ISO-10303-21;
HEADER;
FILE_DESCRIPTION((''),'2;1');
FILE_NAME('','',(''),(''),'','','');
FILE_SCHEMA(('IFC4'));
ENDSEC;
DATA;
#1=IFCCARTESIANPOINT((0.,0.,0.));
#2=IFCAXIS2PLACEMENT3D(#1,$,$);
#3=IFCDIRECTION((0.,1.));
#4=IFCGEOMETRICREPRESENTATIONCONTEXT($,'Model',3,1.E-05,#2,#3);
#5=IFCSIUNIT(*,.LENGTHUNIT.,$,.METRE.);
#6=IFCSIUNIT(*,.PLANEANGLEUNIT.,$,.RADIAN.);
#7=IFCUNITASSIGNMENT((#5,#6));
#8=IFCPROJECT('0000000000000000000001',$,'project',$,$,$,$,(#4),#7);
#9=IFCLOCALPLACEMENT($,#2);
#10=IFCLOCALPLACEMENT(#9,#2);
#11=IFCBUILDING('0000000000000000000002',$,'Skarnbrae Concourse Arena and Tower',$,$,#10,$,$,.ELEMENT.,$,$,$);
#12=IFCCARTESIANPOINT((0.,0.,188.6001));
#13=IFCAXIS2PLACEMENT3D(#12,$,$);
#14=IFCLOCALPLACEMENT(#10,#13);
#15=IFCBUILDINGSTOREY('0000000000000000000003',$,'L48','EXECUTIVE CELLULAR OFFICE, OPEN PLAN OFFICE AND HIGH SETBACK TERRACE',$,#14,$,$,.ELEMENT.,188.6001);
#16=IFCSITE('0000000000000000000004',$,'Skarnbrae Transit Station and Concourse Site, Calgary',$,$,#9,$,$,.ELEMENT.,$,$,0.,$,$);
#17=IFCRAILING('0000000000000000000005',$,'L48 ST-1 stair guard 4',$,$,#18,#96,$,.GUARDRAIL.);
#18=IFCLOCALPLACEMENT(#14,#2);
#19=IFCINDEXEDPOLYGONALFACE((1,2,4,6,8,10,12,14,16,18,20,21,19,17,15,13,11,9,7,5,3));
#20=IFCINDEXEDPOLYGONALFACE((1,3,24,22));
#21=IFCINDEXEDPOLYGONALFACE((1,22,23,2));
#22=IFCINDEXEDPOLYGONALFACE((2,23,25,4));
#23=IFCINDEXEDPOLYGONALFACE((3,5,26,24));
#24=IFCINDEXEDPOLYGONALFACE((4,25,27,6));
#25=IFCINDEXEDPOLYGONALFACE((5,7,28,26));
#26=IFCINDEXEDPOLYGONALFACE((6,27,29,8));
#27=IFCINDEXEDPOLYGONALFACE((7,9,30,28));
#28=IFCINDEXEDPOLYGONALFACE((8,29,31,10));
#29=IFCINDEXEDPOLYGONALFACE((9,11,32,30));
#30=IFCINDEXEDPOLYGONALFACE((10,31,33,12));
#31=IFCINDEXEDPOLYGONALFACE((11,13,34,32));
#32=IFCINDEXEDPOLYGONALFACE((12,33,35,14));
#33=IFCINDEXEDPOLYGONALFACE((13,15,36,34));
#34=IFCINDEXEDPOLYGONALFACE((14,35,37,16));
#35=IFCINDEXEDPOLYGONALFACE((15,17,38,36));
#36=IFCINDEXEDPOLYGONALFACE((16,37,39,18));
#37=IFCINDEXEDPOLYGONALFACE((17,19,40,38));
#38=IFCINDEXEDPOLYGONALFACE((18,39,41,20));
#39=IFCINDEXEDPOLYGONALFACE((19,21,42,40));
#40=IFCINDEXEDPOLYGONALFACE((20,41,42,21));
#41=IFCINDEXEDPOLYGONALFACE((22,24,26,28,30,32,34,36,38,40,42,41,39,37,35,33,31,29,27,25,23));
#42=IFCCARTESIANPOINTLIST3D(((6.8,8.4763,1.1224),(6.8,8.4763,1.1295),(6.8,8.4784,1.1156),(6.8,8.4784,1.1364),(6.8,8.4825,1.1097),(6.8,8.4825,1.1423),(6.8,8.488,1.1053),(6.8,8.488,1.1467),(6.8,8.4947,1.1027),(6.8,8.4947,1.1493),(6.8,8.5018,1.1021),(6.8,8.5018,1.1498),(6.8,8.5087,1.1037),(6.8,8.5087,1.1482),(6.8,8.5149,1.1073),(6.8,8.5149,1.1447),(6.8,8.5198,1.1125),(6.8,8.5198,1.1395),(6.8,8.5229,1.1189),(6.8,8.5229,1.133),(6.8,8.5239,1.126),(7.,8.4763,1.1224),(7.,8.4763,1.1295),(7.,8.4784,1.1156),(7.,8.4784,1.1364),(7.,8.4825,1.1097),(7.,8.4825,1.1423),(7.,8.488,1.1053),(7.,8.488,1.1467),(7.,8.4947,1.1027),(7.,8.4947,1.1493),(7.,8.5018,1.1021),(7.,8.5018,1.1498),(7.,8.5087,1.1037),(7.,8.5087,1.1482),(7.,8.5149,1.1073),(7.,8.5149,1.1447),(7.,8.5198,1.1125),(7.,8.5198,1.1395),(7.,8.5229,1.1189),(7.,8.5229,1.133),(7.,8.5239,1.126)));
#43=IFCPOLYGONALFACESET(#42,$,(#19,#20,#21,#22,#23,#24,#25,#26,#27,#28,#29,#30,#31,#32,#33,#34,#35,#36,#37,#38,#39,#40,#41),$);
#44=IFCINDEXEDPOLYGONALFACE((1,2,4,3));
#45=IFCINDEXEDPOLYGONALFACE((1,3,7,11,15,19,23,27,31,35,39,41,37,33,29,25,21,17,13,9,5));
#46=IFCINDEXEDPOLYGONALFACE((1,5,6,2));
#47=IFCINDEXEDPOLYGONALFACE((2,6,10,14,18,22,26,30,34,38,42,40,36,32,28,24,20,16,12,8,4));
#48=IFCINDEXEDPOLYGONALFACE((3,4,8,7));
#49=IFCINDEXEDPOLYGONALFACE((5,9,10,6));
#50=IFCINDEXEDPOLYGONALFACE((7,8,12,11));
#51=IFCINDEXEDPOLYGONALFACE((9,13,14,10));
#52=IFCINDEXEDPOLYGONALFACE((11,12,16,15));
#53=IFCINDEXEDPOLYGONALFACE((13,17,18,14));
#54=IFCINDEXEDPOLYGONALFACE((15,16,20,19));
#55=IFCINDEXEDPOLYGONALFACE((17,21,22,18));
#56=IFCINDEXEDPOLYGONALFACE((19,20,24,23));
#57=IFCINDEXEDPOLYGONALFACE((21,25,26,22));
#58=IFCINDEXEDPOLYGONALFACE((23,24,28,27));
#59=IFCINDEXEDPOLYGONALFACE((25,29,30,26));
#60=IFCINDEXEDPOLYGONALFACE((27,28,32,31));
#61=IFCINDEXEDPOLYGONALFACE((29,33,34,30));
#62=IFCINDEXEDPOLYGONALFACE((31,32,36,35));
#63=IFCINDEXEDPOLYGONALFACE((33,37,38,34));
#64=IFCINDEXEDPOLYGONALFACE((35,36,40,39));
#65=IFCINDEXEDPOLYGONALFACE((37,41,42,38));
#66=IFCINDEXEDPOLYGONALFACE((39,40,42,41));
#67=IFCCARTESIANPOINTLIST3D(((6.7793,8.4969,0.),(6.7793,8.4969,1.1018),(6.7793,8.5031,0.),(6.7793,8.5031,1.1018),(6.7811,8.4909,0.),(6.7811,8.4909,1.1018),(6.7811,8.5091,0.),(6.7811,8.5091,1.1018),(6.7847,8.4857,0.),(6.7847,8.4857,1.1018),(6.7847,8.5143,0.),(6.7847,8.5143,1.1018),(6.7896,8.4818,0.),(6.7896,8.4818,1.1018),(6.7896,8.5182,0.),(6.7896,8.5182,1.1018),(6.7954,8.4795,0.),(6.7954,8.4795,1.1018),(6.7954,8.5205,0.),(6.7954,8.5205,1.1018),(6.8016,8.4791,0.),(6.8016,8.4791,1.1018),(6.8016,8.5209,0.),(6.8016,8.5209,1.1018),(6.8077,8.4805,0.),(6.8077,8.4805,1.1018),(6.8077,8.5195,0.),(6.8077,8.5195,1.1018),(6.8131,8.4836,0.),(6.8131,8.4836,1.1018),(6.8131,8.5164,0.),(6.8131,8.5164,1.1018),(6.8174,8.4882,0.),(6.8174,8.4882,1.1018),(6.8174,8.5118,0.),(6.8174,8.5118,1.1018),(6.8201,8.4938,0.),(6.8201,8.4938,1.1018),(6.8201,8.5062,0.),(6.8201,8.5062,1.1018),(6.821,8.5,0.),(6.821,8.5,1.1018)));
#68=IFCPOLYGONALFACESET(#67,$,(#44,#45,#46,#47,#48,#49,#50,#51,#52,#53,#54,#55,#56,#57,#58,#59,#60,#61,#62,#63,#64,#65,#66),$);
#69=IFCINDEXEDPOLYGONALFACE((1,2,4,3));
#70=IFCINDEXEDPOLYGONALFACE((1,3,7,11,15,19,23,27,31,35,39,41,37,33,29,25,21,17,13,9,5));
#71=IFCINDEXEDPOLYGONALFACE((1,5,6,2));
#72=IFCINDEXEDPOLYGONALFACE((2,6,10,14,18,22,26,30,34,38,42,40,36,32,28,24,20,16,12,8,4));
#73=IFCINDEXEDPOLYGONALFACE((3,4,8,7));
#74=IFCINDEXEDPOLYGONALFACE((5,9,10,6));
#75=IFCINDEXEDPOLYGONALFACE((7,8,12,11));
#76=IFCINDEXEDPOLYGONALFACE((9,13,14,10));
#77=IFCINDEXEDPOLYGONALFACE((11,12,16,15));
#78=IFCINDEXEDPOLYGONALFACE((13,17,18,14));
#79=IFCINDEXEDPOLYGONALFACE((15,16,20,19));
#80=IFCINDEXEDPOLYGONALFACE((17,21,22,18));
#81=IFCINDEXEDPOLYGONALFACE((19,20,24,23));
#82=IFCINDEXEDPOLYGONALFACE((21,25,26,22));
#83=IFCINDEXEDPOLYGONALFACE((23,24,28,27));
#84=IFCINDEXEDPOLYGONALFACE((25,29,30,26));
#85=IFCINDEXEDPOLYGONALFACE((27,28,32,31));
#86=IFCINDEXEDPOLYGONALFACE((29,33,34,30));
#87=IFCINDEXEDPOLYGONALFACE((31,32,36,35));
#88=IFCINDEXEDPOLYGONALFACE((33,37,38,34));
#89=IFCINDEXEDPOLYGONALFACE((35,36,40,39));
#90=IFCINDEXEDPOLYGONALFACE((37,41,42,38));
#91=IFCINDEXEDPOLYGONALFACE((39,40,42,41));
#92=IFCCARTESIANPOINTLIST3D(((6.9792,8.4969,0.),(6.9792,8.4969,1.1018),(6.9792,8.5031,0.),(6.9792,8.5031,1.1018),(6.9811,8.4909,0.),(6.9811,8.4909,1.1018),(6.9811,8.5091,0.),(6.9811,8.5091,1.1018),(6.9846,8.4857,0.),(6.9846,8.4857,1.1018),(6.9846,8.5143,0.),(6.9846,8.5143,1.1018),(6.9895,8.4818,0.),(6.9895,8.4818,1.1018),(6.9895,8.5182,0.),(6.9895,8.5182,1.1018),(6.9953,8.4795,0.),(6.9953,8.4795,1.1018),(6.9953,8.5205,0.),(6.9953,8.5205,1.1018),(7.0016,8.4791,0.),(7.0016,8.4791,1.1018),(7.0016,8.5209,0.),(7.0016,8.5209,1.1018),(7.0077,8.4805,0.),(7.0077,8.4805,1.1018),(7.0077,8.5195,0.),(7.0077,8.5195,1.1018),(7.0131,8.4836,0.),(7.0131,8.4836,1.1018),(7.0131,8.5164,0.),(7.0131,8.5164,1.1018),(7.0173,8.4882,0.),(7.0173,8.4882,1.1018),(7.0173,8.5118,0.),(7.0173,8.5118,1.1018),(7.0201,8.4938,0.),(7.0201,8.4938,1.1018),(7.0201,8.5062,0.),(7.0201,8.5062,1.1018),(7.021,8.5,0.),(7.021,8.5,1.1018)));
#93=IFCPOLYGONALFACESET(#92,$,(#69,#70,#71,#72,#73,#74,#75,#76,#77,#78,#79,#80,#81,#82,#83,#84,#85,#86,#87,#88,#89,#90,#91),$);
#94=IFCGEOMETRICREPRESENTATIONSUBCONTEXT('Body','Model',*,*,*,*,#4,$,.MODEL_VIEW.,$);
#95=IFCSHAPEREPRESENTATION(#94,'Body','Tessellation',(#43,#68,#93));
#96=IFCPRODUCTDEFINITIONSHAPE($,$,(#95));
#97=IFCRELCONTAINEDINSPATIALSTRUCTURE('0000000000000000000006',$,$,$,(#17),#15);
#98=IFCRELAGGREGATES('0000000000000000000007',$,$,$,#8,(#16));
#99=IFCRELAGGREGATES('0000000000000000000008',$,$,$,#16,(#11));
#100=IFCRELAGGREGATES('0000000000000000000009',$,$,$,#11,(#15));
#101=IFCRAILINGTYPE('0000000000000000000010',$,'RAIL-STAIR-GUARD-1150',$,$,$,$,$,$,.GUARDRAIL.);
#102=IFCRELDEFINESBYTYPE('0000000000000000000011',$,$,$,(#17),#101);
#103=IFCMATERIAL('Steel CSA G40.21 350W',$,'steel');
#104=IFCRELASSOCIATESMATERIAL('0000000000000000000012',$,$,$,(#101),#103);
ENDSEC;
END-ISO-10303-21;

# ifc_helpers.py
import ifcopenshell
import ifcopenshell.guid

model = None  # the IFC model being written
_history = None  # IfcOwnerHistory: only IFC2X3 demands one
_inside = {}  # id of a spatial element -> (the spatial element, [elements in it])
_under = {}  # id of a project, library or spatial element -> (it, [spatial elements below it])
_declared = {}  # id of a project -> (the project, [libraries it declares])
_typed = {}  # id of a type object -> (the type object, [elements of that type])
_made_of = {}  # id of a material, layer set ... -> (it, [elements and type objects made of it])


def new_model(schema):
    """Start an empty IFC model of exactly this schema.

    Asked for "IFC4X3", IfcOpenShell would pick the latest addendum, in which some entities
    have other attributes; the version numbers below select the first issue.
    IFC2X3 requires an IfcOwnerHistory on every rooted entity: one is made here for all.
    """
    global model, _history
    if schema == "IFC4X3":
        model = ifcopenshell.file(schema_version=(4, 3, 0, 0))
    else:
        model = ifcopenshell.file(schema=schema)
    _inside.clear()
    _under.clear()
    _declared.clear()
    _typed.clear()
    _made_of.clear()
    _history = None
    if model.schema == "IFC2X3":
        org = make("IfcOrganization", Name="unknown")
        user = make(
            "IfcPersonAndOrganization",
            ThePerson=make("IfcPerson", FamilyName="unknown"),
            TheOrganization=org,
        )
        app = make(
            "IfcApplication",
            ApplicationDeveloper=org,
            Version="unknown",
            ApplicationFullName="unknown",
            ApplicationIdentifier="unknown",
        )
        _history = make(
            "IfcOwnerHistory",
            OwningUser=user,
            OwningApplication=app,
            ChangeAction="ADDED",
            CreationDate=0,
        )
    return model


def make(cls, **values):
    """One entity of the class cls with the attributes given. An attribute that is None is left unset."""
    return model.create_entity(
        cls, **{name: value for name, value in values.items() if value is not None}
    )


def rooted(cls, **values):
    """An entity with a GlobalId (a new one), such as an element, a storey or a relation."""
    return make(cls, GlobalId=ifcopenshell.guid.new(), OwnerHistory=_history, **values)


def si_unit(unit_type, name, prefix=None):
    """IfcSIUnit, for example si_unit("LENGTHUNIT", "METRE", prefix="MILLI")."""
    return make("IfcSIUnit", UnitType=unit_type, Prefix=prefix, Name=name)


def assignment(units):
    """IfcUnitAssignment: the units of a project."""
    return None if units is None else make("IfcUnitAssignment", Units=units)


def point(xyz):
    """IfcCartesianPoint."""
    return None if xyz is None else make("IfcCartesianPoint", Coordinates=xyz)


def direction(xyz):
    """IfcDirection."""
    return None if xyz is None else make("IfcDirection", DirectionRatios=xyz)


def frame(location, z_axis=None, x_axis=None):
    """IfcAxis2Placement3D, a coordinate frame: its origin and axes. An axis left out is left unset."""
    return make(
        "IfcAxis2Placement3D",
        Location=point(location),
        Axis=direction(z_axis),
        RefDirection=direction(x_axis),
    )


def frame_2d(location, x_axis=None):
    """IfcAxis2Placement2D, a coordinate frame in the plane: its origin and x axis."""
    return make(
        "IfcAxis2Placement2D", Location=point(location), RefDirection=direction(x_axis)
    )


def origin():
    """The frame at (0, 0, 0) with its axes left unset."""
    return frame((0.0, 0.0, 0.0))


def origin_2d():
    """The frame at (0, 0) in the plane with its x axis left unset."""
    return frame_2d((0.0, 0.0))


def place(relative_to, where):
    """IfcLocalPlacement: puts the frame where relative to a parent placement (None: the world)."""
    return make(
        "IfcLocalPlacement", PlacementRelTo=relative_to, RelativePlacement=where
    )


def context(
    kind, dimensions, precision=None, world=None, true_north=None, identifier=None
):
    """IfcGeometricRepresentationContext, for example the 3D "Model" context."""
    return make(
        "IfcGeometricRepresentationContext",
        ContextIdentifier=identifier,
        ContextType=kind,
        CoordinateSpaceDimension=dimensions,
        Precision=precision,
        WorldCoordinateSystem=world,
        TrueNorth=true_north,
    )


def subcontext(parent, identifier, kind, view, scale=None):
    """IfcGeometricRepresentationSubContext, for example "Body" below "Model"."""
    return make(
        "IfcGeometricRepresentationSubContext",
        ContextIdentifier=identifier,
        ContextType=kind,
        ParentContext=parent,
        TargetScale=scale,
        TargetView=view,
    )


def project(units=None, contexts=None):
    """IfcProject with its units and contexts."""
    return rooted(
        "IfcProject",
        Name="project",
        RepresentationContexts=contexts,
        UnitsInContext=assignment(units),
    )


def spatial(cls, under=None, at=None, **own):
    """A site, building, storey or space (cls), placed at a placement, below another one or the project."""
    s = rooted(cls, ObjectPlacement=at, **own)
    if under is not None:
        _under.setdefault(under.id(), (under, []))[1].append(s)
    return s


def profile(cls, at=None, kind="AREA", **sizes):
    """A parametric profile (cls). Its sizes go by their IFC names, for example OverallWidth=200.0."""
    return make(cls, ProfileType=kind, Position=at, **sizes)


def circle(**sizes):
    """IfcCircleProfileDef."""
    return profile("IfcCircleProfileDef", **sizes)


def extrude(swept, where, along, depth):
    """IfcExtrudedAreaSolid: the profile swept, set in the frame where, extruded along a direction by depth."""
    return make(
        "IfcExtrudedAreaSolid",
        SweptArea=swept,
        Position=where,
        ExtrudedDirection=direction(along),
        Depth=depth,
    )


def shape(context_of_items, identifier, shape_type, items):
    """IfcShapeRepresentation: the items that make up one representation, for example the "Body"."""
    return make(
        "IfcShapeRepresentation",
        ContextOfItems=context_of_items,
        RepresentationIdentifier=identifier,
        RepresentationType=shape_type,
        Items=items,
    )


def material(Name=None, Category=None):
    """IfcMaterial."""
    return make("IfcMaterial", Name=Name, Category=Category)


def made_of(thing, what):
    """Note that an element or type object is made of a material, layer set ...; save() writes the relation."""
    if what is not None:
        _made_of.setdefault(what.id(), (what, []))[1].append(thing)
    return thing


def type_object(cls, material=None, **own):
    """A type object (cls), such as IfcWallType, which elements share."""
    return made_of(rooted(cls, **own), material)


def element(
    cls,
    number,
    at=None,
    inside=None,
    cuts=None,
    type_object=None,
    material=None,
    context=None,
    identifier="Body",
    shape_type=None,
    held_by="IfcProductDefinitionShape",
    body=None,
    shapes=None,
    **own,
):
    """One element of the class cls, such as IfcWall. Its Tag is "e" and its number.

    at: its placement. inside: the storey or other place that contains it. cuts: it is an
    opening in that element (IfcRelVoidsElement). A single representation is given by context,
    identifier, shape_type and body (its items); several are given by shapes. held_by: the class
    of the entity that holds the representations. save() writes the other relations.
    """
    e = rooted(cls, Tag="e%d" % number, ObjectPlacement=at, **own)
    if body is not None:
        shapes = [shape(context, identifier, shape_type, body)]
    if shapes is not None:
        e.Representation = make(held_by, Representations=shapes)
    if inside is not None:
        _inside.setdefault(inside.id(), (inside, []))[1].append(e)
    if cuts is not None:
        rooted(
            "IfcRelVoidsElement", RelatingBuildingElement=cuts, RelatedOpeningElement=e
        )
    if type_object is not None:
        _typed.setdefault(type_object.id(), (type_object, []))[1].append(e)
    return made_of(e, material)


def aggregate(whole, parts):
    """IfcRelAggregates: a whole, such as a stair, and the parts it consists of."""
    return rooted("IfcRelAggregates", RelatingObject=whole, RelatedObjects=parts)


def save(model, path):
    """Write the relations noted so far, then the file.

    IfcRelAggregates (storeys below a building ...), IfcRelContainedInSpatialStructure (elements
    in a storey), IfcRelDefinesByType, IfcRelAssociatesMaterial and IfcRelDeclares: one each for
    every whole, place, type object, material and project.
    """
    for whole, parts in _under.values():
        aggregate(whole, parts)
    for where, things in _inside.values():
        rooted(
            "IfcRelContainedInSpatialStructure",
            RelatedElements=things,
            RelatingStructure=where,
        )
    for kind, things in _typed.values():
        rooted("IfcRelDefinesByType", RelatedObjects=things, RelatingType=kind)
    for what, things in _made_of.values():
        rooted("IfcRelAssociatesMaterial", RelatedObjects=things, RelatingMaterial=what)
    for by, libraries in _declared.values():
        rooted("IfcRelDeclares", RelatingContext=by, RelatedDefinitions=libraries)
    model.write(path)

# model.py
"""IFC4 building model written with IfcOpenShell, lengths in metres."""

from ifc_helpers import new_model, si_unit, direction, frame, origin, origin_2d, place, context, subcontext, project, spatial, circle, extrude, material, type_object, element, save


model = new_model("IFC4")

# Units and contexts
model_context = context("Model", 3, precision=1e-05, world=origin(), true_north=direction((0.0, 1.0)))
body_context = subcontext(model_context, "Body", "Model", "MODEL_VIEW")
ifc_project = project(units=[si_unit("LENGTHUNIT", "METRE"), si_unit("PLANEANGLEUNIT", "RADIAN")], contexts=[model_context])

# Site, building, storey
site_placement = place(None, origin())
site = spatial("IfcSite", under=ifc_project, at=site_placement, Name="Skarnbrae Transit Station and Concourse Site, Calgary", CompositionType="ELEMENT", RefElevation=0.0)
building_placement = place(site_placement, origin())
building = spatial("IfcBuilding", under=site, at=building_placement, Name="Skarnbrae Concourse Arena and Tower", CompositionType="ELEMENT")
storey_placement = place(building_placement, frame((0.0, 0.0, 188.6001)))
storey = spatial("IfcBuildingStorey", under=building, at=storey_placement, Name="L48", Description="EXECUTIVE CELLULAR OFFICE, OPEN PLAN OFFICE AND HIGH SETBACK TERRACE", CompositionType="ELEMENT", Elevation=188.6001)

# Shared definitions
ifc_material_1 = material(Name="Steel CSA G40.21 350W", Category="steel")

# Railing
railing_type = type_object("IfcRailingType", Name="RAIL-STAIR-GUARD-1150", PredefinedType="GUARDRAIL", material=ifc_material_1)
railing_1_placement = place(storey_placement, frame((6.8, 8.5, 0.0)))
element("IfcRailing", 1, at=railing_1_placement, inside=storey, type_object=railing_type, Name="L48 ST-1 stair guard 4", PredefinedType="GUARDRAIL", context=body_context, shape_type="SweptSolid", body=[
    extrude(circle(Radius=0.0239, at=origin_2d()), frame((0.0, 0.0, 1.126), z_axis=(1.0, 0.0, 0.0), x_axis=(0.0, 1.0, 0.0)), (0.0, 0.0, 1.0), 0.2),
    extrude(circle(Radius=0.021, at=origin_2d()), origin(), (0.0, 0.0, 1.0), 1.1018),
    extrude(circle(Radius=0.021, at=origin_2d()), frame((0.2, 0.0, 0.0)), (0.0, 0.0, 1.0), 1.1018),
])

save(model, "model.ifc")
